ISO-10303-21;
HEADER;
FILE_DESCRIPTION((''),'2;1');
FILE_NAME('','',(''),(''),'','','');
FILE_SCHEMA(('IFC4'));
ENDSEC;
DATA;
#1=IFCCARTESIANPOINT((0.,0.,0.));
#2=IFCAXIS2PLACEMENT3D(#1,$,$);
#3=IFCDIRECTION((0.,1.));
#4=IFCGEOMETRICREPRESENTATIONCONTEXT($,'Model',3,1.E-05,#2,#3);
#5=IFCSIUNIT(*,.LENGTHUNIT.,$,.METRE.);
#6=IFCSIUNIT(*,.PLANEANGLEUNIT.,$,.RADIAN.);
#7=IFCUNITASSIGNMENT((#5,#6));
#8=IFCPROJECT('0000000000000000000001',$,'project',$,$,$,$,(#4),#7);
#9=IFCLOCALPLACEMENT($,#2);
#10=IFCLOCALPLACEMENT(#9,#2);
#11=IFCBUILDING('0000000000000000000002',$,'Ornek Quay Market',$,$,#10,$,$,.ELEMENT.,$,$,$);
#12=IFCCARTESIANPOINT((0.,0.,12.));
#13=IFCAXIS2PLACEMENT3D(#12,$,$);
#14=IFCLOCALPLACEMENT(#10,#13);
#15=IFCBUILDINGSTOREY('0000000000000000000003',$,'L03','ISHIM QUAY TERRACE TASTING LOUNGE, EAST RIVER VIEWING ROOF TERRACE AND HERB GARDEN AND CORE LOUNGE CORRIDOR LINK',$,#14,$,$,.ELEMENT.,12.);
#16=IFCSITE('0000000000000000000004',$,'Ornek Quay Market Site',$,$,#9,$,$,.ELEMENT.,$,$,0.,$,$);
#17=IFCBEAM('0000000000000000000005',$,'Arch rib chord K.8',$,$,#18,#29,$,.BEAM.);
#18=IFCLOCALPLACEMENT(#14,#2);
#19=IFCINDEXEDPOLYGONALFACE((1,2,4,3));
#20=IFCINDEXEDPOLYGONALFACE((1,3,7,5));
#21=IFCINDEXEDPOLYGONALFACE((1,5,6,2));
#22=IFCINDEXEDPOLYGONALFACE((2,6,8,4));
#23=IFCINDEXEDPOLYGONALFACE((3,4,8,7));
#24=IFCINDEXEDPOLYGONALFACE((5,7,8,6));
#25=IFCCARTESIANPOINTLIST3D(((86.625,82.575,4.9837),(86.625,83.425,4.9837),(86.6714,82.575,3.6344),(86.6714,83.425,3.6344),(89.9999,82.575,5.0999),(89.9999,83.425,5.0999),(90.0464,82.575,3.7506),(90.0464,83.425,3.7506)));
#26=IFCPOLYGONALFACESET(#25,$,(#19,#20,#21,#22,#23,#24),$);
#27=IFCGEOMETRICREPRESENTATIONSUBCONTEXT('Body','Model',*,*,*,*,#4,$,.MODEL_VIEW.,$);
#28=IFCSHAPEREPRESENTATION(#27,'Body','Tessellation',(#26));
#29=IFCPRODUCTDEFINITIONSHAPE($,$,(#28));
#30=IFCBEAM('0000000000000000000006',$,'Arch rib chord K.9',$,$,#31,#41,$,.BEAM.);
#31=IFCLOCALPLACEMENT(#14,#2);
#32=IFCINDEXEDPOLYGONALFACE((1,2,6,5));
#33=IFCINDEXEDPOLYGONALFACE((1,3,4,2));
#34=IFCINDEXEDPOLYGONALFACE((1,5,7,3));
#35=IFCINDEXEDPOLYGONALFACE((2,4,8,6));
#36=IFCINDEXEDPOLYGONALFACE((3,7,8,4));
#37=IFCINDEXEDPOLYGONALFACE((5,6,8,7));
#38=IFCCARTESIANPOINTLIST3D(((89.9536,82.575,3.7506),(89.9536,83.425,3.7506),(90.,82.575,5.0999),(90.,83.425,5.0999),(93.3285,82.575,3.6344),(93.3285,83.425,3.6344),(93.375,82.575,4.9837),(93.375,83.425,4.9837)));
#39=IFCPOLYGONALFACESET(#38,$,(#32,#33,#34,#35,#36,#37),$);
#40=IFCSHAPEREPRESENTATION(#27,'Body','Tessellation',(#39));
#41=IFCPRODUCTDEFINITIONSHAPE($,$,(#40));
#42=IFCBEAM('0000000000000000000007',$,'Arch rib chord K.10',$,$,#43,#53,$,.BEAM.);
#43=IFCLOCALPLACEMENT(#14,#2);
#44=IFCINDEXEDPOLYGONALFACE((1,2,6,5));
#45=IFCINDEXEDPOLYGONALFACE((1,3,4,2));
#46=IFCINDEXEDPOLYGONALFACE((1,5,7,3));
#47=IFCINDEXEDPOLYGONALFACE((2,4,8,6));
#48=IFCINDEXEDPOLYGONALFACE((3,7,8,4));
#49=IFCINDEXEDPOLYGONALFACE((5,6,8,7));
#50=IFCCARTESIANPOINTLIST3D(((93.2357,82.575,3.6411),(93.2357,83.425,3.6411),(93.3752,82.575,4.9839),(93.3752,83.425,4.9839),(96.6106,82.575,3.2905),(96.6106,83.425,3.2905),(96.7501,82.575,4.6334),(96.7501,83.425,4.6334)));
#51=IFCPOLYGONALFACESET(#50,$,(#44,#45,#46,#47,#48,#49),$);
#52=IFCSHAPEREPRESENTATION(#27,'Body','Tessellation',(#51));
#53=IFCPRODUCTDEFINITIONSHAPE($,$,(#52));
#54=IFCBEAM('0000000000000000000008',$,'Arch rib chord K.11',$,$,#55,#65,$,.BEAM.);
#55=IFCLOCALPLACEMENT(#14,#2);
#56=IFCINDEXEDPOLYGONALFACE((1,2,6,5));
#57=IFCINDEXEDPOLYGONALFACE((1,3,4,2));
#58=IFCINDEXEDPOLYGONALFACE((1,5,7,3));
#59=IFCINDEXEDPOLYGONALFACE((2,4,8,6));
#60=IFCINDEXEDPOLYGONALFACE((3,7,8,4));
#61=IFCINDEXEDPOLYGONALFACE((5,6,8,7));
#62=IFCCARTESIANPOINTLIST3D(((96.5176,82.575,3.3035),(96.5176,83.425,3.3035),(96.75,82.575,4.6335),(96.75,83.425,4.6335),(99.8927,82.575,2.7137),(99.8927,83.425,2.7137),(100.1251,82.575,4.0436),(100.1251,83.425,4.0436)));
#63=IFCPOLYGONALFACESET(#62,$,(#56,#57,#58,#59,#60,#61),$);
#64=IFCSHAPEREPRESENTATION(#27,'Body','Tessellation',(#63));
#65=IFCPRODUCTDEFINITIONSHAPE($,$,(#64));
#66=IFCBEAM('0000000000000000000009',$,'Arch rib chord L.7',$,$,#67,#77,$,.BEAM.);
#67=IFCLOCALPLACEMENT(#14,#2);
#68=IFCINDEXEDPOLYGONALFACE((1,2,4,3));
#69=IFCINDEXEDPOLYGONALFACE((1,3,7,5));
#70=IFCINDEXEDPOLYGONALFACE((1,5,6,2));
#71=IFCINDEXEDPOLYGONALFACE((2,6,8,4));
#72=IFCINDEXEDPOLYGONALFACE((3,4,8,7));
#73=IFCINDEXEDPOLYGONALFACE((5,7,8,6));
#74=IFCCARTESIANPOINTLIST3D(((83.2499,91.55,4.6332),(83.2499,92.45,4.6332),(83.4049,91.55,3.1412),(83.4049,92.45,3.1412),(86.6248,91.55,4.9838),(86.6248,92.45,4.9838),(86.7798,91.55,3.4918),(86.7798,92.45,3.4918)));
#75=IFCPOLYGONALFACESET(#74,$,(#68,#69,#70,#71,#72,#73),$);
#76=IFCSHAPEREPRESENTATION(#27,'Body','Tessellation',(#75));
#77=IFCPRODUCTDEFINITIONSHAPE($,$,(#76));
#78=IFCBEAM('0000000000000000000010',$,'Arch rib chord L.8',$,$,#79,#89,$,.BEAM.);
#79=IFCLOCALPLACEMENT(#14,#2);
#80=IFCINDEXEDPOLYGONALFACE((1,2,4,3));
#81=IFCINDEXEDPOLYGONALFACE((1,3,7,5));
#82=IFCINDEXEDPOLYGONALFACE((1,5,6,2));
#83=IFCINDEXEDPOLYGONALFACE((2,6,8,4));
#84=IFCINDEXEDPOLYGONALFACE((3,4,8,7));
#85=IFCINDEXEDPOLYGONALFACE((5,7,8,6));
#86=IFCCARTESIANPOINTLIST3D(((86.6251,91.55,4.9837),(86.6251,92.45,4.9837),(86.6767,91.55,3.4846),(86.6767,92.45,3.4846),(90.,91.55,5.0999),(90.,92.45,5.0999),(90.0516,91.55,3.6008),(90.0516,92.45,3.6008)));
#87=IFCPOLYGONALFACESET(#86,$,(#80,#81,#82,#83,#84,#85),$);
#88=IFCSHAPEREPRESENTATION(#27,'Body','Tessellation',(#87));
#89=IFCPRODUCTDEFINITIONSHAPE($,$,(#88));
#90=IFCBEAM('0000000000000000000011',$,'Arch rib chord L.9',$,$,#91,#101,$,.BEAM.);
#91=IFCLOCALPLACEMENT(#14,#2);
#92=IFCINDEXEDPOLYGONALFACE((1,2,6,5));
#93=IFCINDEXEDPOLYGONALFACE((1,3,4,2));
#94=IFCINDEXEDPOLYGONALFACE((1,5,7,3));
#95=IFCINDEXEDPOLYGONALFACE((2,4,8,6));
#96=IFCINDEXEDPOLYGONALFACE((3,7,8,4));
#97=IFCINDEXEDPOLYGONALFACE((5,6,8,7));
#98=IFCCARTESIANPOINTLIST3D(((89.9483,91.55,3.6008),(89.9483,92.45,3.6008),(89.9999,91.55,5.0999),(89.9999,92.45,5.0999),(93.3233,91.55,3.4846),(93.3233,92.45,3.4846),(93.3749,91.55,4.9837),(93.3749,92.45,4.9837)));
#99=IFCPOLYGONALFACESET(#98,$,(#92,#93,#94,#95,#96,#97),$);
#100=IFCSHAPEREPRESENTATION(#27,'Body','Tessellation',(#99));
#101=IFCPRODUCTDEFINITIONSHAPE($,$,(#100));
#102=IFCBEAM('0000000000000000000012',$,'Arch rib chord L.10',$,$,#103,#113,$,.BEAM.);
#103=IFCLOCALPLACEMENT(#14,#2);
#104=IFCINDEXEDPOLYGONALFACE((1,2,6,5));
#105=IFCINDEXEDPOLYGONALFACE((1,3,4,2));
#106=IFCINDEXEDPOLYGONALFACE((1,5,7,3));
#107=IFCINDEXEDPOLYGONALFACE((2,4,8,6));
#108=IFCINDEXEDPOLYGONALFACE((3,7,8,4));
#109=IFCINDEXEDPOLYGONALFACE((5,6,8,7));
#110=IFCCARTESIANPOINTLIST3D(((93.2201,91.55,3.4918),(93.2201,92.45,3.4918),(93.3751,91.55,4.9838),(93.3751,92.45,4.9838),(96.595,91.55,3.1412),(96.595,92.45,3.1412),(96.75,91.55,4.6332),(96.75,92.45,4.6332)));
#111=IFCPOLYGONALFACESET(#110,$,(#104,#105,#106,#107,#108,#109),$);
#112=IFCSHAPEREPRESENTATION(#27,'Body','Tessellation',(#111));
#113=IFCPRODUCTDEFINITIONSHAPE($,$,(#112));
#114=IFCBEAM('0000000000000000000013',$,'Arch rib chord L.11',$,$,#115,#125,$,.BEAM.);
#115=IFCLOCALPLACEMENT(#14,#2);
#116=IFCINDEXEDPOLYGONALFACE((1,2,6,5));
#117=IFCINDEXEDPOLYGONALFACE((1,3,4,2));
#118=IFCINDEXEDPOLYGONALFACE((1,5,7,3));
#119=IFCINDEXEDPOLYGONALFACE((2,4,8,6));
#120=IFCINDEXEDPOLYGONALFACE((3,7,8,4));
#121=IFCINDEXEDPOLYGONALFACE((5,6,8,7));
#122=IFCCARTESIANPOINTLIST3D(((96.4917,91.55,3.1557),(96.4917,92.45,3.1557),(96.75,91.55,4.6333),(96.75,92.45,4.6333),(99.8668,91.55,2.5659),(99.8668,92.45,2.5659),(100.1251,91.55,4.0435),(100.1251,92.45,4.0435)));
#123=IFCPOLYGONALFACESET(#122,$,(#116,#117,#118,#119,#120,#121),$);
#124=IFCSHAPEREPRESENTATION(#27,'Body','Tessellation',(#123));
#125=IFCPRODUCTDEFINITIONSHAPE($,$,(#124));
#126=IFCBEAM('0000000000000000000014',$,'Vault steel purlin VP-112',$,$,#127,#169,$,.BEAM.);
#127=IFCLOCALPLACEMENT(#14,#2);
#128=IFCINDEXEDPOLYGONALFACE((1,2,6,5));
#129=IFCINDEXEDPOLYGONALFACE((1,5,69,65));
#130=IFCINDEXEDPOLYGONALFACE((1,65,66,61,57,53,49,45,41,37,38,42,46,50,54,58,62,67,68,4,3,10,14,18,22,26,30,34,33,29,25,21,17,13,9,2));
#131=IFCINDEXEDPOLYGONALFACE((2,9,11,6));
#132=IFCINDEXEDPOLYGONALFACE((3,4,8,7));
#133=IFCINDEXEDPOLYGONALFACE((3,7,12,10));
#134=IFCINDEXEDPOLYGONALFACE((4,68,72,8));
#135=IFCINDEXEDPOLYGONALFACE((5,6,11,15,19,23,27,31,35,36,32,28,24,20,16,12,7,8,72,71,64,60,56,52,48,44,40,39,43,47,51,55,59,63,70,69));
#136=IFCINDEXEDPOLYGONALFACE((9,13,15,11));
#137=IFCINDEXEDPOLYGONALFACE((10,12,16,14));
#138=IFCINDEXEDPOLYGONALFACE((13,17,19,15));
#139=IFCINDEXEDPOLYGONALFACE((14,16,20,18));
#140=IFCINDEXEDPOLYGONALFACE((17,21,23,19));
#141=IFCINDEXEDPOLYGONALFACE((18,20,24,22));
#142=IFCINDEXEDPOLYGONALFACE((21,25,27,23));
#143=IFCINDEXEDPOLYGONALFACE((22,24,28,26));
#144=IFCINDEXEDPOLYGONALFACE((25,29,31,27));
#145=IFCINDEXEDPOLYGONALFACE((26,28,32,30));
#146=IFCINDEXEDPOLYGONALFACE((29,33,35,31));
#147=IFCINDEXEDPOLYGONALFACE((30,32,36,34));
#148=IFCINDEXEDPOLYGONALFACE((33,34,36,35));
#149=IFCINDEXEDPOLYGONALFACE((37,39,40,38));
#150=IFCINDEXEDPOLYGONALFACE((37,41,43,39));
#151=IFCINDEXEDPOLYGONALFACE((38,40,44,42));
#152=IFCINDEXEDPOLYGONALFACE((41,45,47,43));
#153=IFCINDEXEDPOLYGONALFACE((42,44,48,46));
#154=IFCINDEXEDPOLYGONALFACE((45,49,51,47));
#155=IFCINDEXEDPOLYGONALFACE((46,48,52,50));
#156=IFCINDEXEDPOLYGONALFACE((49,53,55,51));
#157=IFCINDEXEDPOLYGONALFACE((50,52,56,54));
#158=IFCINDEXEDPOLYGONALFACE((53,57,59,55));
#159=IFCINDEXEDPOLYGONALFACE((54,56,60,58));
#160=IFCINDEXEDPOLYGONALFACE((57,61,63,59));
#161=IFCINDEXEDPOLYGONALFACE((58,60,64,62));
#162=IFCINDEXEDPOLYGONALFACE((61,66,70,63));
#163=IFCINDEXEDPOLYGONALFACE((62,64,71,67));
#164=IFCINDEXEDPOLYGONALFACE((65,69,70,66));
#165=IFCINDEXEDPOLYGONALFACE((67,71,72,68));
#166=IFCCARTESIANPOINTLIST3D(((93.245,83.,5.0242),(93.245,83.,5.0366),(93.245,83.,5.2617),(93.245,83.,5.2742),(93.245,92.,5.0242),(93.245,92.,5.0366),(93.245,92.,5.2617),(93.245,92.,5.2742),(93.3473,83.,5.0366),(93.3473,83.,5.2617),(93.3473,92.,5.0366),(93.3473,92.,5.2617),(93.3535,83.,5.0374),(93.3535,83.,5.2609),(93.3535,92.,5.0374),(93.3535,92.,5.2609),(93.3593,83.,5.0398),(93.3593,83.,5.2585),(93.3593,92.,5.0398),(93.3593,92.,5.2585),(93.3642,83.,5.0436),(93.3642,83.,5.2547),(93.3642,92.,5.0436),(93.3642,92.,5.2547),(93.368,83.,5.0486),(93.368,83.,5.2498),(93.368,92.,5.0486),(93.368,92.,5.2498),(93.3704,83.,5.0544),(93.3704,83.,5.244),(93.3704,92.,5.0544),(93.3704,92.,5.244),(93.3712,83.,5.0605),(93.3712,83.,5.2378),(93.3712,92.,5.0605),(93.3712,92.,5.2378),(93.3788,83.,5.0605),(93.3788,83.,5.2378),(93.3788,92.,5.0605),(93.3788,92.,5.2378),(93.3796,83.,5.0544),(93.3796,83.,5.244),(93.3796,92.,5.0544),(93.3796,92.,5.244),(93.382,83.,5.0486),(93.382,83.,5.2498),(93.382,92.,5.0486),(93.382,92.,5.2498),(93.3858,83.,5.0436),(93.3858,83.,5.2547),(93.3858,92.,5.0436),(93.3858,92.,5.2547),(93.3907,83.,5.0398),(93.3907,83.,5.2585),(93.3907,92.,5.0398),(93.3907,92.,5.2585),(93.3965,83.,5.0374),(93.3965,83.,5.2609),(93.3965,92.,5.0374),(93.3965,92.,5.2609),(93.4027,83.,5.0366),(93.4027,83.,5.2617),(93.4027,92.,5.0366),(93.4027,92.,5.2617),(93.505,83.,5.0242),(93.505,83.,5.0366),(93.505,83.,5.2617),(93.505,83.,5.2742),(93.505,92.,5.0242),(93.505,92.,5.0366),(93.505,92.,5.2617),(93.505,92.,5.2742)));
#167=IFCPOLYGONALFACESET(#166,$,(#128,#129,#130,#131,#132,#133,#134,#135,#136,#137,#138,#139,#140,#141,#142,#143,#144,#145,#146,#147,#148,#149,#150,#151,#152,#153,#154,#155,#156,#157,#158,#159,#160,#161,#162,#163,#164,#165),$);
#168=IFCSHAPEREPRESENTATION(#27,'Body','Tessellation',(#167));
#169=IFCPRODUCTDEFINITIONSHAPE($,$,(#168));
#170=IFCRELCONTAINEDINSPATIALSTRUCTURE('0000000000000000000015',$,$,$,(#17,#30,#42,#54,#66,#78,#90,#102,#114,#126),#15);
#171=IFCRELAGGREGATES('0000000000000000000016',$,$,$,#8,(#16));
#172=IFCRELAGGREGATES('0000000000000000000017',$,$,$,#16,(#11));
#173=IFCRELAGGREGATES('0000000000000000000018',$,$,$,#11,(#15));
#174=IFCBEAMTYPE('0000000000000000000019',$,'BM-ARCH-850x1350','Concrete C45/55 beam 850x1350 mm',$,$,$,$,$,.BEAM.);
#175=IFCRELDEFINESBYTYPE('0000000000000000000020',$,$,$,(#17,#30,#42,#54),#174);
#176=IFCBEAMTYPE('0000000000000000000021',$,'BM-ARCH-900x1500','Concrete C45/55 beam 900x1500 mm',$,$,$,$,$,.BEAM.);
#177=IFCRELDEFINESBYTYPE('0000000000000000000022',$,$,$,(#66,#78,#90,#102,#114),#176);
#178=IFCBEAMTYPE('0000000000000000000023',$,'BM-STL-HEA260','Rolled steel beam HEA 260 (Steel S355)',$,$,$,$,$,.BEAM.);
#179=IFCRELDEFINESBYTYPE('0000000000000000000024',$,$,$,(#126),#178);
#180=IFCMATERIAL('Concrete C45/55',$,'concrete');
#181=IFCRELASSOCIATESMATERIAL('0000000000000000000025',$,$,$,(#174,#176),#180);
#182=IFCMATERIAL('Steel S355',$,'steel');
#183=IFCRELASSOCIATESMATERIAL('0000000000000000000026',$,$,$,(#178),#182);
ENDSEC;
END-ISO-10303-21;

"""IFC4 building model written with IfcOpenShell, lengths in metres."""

from ifc_helpers import new_model, si_unit, direction, frame, origin, origin_2d, place, context, subcontext, project, spatial, rectangle, i_section, extrude, material, material_profile, profile_set, type_object, element, save


model = new_model("IFC4")

# Units and contexts
model_context = context("Model", 3, precision=1e-05, world=origin(), true_north=direction((0.0, 1.0)))
body_context = subcontext(model_context, "Body", "Model", "MODEL_VIEW")
ifc_project = project(units=[si_unit("LENGTHUNIT", "METRE"), si_unit("PLANEANGLEUNIT", "RADIAN")], contexts=[model_context])

# Site, building, storey
site_placement = place(None, origin())
site = spatial("IfcSite", under=ifc_project, at=site_placement, Name="Ornek Quay Market Site", CompositionType="ELEMENT", RefElevation=0.0)
building_placement = place(site_placement, origin())
building = spatial("IfcBuilding", under=site, at=building_placement, Name="Ornek Quay Market", CompositionType="ELEMENT")
storey_placement = place(building_placement, frame((0.0, 0.0, 12.0)))
storey = spatial("IfcBuildingStorey", under=building, at=storey_placement, Name="L03", Description="ISHIM QUAY TERRACE TASTING LOUNGE, EAST RIVER VIEWING ROOF TERRACE AND HERB GARDEN AND CORE LOUNGE CORRIDOR LINK", CompositionType="ELEMENT", Elevation=12.0)

# Beams
ifc_material_1 = material(Name="Concrete C45/55", Category="concrete")
ifc_material_profile_1 = material_profile(ifc_material_1, rectangle(XDim=0.8501, YDim=1.3501, at=origin_2d()), Name="RC 850x1350", Category="concrete")
ifc_profile_set_1 = profile_set([ifc_material_profile_1], Name="Concrete C45/55")
beam_type_1 = type_object("IfcBeamType", Name="BM-ARCH-850x1350", Description="Concrete C45/55 beam 850x1350 mm", PredefinedType="BEAM", material=ifc_profile_set_1)
for number, where, z_axis, x_axis, name in (
    (1, (86.6482, 83.0, 4.3091), (0.999408, 0.0, 0.034412), (0.0, 1.0, 0.0), "Arch rib chord K.8"),
    (2, (89.9768, 83.0, 4.4253), (0.999408, 0.0, -0.034412), (0.0, 1.0, 0.0), "Arch rib chord K.9"),
):
    element("IfcBeam", number, at=place(storey_placement, frame(where, z_axis=z_axis, x_axis=x_axis)), inside=storey, type_object=beam_type_1, Name=name, PredefinedType="BEAM", context=body_context, shape_type="SweptSolid", body=[
        extrude(rectangle(XDim=0.8501, YDim=1.3501, at=origin_2d()), origin(), (0.0, 0.0, 1.0), 3.377),
    ])
beam_1_placement = place(storey_placement, frame((93.3054, 83.0, 4.3125), z_axis=(0.994648, 0.0, -0.103321), x_axis=(0.0, 1.0, 0.0)))
element("IfcBeam", 3, at=beam_1_placement, inside=storey, type_object=beam_type_1, Name="Arch rib chord K.10", PredefinedType="BEAM", context=body_context, shape_type="SweptSolid", body=[
    extrude(rectangle(XDim=0.8501, YDim=1.3501, at=origin_2d()), origin(), (0.0, 0.0, 1.0), 3.3931),
])
beam_2_placement = place(storey_placement, frame((96.6338, 83.0, 3.9685), z_axis=(0.985069, 0.0, -0.172159), x_axis=(0.0, 1.0, 0.0)))
element("IfcBeam", 4, at=beam_2_placement, inside=storey, type_object=beam_type_1, Name="Arch rib chord K.11", PredefinedType="BEAM", context=body_context, shape_type="SweptSolid", body=[
    extrude(rectangle(XDim=0.8501, YDim=1.3501, at=origin_2d()), origin(), (0.0, 0.0, 1.0), 3.4263),
])
ifc_material_profile_2 = material_profile(ifc_material_1, rectangle(XDim=0.8999, YDim=1.5, at=origin_2d()), Name="RC 900x1500", Category="concrete")
ifc_profile_set_2 = profile_set([ifc_material_profile_2], Name="Concrete C45/55")
beam_type_2 = type_object("IfcBeamType", Name="BM-ARCH-900x1500", Description="Concrete C45/55 beam 900x1500 mm", PredefinedType="BEAM", material=ifc_profile_set_2)
beam_3_placement = place(storey_placement, frame((83.3274, 92.0, 3.8872), z_axis=(0.994648, 0.0, 0.103321), x_axis=(0.0, 1.0, 0.0)))
element("IfcBeam", 5, at=beam_3_placement, inside=storey, type_object=beam_type_2, Name="Arch rib chord L.7", PredefinedType="BEAM", context=body_context, shape_type="SweptSolid", body=[
    extrude(rectangle(XDim=0.8999, YDim=1.5, at=origin_2d()), origin(), (0.0, 0.0, 1.0), 3.3931),
])
for number, where, z_axis, x_axis, name in (
    (6, (86.6509, 92.0, 4.2341), (0.999408, 0.0, 0.034412), (0.0, 1.0, 0.0), "Arch rib chord L.8"),
    (7, (89.9741, 92.0, 4.3503), (0.999408, 0.0, -0.034412), (0.0, 1.0, 0.0), "Arch rib chord L.9"),
):
    element("IfcBeam", number, at=place(storey_placement, frame(where, z_axis=z_axis, x_axis=x_axis)), inside=storey, type_object=beam_type_2, Name=name, PredefinedType="BEAM", context=body_context, shape_type="SweptSolid", body=[
        extrude(rectangle(XDim=0.8999, YDim=1.5, at=origin_2d()), origin(), (0.0, 0.0, 1.0), 3.377),
    ])
beam_4_placement = place(storey_placement, frame((93.2976, 92.0, 4.2378), z_axis=(0.994648, 0.0, -0.103321), x_axis=(0.0, 1.0, 0.0)))
element("IfcBeam", 8, at=beam_4_placement, inside=storey, type_object=beam_type_2, Name="Arch rib chord L.10", PredefinedType="BEAM", context=body_context, shape_type="SweptSolid", body=[
    extrude(rectangle(XDim=0.8999, YDim=1.5, at=origin_2d()), origin(), (0.0, 0.0, 1.0), 3.3931),
])
beam_5_placement = place(storey_placement, frame((96.6208, 92.0, 3.8945), z_axis=(0.985069, 0.0, -0.172159), x_axis=(0.0, 1.0, 0.0)))
element("IfcBeam", 9, at=beam_5_placement, inside=storey, type_object=beam_type_2, Name="Arch rib chord L.11", PredefinedType="BEAM", context=body_context, shape_type="SweptSolid", body=[
    extrude(rectangle(XDim=0.8999, YDim=1.5, at=origin_2d()), origin(), (0.0, 0.0, 1.0), 3.4263),
])
ifc_material_2 = material(Name="Steel S355", Category="steel")
ifc_material_profile_3 = material_profile(ifc_material_2, i_section(OverallWidth=0.26, OverallDepth=0.25, WebThickness=0.0076, FlangeThickness=0.0125, FilletRadius=0.0239, at=origin_2d()), Name="HEA 260", Category="steel")
ifc_profile_set_3 = profile_set([ifc_material_profile_3], Name="Steel S355")
beam_type_3 = type_object("IfcBeamType", Name="BM-STL-HEA260", Description="Rolled steel beam HEA 260 (Steel S355)", PredefinedType="BEAM", material=ifc_profile_set_3)
beam_6_placement = place(storey_placement, frame((93.375, 83.0, 5.1492), z_axis=(0.0, 1.0, 0.0), x_axis=(-1.0, 0.0, 0.0)))
element("IfcBeam", 10, at=beam_6_placement, inside=storey, type_object=beam_type_3, Name="Vault steel purlin VP-112", PredefinedType="BEAM", context=body_context, shape_type="SweptSolid", body=[
    extrude(i_section(OverallWidth=0.26, OverallDepth=0.25, WebThickness=0.0076, FlangeThickness=0.0125, FilletRadius=0.0239, at=origin_2d()), origin(), (0.0, 0.0, 1.0), 9.0),
])

save(model, "model.ifc")
